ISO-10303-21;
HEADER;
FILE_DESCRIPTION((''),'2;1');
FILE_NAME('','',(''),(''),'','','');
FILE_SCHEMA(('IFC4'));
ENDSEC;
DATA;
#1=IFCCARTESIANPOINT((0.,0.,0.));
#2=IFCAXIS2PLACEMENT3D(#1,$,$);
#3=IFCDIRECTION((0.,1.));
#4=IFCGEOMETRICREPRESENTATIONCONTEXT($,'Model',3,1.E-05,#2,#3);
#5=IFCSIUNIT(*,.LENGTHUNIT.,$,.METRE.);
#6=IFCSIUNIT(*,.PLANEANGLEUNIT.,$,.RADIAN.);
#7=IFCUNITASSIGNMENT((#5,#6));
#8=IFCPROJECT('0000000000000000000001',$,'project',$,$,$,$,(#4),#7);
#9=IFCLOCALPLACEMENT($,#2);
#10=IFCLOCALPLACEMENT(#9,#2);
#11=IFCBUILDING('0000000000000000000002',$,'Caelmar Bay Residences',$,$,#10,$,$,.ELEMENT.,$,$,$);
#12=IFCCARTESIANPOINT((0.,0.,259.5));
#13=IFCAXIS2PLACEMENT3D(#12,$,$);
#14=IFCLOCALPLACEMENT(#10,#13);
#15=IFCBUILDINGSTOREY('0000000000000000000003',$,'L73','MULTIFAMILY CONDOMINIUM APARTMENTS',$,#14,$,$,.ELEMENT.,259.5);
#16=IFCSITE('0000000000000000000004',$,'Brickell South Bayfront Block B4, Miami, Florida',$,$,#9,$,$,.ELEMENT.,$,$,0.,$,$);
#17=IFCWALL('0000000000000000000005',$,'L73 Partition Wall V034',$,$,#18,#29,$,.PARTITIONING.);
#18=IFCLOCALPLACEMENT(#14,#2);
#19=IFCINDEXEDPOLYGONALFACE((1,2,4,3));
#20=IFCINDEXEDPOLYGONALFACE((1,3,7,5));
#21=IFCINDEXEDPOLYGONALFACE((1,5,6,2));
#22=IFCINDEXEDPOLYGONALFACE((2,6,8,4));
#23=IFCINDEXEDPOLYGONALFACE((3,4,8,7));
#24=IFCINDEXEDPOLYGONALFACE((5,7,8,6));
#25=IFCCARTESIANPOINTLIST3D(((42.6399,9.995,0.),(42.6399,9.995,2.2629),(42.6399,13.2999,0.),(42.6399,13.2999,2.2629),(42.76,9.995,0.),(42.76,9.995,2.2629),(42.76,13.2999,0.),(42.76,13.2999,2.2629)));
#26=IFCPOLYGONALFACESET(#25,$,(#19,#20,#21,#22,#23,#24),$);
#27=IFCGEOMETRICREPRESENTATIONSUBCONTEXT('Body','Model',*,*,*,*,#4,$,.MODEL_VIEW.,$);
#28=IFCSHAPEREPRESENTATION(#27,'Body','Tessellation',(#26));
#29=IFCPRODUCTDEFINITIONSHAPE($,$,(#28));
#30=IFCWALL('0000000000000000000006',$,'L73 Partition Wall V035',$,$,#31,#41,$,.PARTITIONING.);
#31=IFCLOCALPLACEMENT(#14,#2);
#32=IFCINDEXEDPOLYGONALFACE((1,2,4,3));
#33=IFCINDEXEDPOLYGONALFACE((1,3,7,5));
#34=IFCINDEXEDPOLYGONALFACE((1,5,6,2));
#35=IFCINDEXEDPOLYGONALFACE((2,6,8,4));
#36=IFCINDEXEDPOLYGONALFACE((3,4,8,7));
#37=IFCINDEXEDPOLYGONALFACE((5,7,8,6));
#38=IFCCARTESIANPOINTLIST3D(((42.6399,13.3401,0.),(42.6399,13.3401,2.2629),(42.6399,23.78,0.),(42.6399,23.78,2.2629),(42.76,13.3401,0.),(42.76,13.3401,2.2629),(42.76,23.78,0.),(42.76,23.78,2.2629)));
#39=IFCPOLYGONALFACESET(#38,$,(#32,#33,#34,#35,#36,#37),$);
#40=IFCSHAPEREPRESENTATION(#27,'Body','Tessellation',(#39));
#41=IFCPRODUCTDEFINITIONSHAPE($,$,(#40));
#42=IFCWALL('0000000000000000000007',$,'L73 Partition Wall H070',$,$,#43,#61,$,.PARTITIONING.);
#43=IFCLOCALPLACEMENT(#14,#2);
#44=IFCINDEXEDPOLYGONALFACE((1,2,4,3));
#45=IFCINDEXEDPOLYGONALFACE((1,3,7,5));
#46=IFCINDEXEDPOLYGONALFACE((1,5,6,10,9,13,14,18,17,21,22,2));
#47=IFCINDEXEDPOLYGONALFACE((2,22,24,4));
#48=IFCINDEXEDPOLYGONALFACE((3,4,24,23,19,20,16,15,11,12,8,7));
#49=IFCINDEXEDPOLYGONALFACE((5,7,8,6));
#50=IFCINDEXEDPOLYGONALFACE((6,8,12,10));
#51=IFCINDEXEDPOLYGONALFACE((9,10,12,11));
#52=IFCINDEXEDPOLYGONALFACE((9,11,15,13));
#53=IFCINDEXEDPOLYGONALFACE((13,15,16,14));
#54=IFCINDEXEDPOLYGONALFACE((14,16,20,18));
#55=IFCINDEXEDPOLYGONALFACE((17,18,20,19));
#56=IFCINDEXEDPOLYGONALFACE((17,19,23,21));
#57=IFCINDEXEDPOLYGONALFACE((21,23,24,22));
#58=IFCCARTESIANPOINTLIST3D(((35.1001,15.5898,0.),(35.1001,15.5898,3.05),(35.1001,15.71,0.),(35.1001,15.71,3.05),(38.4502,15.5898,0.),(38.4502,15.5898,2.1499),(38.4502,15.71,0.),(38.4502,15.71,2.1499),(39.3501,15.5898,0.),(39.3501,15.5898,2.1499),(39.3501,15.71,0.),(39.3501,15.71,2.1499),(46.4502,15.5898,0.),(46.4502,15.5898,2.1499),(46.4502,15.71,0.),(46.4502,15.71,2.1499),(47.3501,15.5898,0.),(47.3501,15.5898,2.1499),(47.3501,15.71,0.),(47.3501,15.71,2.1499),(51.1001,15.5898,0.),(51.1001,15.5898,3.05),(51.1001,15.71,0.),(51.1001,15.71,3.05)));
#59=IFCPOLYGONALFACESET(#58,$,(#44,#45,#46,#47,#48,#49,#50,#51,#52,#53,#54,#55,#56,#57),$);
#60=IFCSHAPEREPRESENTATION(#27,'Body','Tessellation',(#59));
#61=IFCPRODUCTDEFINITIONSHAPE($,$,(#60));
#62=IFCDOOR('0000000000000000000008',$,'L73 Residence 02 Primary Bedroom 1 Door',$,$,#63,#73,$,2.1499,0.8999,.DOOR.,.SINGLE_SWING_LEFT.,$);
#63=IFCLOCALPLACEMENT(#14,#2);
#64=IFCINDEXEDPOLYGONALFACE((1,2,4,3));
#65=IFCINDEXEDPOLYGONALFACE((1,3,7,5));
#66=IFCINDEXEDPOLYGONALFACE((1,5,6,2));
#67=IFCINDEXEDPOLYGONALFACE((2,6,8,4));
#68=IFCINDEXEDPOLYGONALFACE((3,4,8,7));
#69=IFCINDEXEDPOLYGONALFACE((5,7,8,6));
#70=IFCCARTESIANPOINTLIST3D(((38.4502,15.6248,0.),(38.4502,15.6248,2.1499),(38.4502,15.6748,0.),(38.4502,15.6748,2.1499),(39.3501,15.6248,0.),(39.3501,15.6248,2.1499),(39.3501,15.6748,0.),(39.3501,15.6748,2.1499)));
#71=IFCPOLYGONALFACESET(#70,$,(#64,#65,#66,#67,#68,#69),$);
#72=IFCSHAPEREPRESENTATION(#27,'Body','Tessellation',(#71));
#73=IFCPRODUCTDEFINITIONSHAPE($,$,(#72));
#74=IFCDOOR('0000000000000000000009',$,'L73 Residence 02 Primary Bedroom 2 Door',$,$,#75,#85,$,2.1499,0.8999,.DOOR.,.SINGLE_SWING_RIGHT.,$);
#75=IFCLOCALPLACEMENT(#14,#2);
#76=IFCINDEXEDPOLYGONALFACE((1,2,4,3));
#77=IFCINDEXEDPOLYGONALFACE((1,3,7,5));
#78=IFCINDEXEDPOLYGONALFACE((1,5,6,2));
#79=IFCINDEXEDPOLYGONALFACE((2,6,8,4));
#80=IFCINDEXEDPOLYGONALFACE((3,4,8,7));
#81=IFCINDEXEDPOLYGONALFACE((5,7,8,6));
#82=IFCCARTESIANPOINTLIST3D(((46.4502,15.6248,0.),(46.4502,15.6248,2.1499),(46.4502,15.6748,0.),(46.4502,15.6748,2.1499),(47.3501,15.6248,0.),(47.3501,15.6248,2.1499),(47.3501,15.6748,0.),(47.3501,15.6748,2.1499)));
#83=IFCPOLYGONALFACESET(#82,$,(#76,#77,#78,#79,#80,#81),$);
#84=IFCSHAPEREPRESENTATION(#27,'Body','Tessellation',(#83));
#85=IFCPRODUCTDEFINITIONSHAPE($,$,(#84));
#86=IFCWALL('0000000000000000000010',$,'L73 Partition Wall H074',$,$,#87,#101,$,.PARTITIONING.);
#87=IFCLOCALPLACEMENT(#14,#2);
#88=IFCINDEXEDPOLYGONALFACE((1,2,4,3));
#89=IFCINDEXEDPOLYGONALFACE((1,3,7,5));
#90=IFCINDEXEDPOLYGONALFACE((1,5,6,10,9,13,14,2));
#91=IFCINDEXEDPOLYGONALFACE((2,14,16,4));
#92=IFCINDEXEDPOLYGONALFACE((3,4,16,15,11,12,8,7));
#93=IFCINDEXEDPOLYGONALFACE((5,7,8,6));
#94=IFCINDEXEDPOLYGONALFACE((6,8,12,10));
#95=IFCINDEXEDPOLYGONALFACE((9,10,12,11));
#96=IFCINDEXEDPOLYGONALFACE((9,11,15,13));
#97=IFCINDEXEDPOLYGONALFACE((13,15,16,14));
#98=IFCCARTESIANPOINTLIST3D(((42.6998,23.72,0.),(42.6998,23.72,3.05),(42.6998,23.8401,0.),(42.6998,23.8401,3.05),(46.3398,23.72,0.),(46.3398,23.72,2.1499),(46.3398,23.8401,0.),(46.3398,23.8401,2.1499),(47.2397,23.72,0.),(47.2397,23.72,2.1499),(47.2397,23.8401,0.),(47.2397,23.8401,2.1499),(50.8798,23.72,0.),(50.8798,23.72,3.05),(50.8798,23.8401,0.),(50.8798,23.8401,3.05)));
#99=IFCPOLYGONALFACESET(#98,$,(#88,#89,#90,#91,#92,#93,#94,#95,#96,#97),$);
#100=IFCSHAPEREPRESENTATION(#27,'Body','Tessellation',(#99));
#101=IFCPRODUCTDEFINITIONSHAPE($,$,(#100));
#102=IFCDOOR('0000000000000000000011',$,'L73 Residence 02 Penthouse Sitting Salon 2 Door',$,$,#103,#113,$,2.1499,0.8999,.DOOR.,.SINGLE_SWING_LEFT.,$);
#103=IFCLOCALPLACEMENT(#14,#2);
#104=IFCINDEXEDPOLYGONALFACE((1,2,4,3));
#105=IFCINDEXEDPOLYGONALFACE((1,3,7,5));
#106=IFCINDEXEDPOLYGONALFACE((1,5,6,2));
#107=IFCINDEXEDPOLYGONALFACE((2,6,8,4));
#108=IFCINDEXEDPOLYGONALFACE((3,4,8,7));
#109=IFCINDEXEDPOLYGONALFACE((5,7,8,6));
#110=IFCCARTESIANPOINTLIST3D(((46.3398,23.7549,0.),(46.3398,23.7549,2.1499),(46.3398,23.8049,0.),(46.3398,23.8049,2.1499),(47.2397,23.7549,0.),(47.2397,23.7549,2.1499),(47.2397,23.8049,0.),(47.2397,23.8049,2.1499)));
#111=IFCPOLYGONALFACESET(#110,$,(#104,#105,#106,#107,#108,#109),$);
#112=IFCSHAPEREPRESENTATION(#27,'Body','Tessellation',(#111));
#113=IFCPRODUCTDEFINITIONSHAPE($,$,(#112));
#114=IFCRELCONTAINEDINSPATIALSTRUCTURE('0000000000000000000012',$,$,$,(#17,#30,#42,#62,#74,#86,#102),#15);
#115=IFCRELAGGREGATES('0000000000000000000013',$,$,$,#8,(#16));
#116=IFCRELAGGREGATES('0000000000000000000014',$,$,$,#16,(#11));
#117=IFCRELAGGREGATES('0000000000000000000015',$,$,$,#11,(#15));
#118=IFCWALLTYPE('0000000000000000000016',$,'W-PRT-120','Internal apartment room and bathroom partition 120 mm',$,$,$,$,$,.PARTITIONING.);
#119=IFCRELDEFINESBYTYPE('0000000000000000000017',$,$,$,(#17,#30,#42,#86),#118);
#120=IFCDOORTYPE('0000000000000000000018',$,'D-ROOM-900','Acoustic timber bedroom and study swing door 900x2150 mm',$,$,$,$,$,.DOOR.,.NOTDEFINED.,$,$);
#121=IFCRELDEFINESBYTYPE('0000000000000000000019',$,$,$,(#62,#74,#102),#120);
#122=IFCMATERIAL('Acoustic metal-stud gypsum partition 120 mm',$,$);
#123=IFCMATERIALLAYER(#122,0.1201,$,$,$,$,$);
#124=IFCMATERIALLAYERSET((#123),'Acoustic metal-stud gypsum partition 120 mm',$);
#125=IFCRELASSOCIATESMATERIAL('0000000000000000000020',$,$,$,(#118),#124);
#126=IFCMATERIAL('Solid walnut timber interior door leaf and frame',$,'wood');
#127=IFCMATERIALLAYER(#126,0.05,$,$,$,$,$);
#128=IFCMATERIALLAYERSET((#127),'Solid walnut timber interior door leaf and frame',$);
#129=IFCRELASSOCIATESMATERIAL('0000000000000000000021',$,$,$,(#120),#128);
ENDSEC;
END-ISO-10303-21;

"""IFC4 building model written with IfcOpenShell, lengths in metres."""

from ifc_helpers import new_model, si_unit, direction, frame, frame_2d, origin, place, context, subcontext, project, spatial, rectangle, extrude, material, layer, layer_set, type_object, element, fill, save


model = new_model("IFC4")

# Units and contexts
model_context = context("Model", 3, precision=1e-05, world=origin(), true_north=direction((0.0, 1.0)))
body_context = subcontext(model_context, "Body", "Model", "MODEL_VIEW")
ifc_project = project(units=[si_unit("LENGTHUNIT", "METRE"), si_unit("PLANEANGLEUNIT", "RADIAN")], contexts=[model_context])

# Site, building, storey
site_placement = place(None, origin())
site = spatial("IfcSite", under=ifc_project, at=site_placement, Name="Brickell South Bayfront Block B4, Miami, Florida", CompositionType="ELEMENT", RefElevation=0.0)
building_placement = place(site_placement, origin())
building = spatial("IfcBuilding", under=site, at=building_placement, Name="Caelmar Bay Residences", CompositionType="ELEMENT")
storey_placement = place(building_placement, frame((0.0, 0.0, 259.5)))
storey = spatial("IfcBuildingStorey", under=building, at=storey_placement, Name="L73", Description="MULTIFAMILY CONDOMINIUM APARTMENTS", CompositionType="ELEMENT", Elevation=259.5)

# Walls
ifc_material_1 = material(Name="Acoustic metal-stud gypsum partition 120 mm")
ifc_layer_1 = layer(ifc_material_1, 0.1201)
ifc_layer_set_1 = layer_set([ifc_layer_1], Name="Acoustic metal-stud gypsum partition 120 mm")
wall_type = type_object("IfcWallType", Name="W-PRT-120", Description="Internal apartment room and bathroom partition 120 mm", PredefinedType="PARTITIONING", material=ifc_layer_set_1)
wall_1_placement = place(storey_placement, frame((42.7, 9.9951, 0.0), z_axis=(0.0, 0.0, 1.0), x_axis=(0.0, 1.0, 0.0)))
element("IfcWall", 1, at=wall_1_placement, inside=storey, type_object=wall_type, Name="L73 Partition Wall V034", PredefinedType="PARTITIONING", context=body_context, shape_type="SweptSolid", body=[
    extrude(rectangle(XDim=3.3049, YDim=0.1201, at=frame_2d((1.6523, 0.0))), origin(), (0.0, 0.0, 1.0), 2.2629),
])
wall_2_placement = place(storey_placement, frame((42.7, 13.3401, 0.0), z_axis=(0.0, 0.0, 1.0), x_axis=(0.0, 1.0, 0.0)))
element("IfcWall", 2, at=wall_2_placement, inside=storey, type_object=wall_type, Name="L73 Partition Wall V035", PredefinedType="PARTITIONING", context=body_context, shape_type="SweptSolid", body=[
    extrude(rectangle(XDim=10.4399, YDim=0.1201, at=frame_2d((5.22, 0.0))), origin(), (0.0, 0.0, 1.0), 2.2629),
])

# Wall, openings, doors
wall_3_placement = place(storey_placement, frame((35.1001, 15.6499, 0.0), z_axis=(0.0, 0.0, 1.0), x_axis=(1.0, 0.0, 0.0)))
wall_3 = element("IfcWall", 3, at=wall_3_placement, inside=storey, type_object=wall_type, Name="L73 Partition Wall H070", PredefinedType="PARTITIONING", context=body_context, shape_type="SweptSolid", body=[
    extrude(rectangle(XDim=16.0, YDim=0.1201, at=frame_2d((8.0, 0.0))), origin(), (0.0, 0.0, 1.0), 3.05),
])
opening_1_placement = place(wall_3_placement, frame((3.3501, 0.0, 0.0)))
opening_1 = element("IfcOpeningElement", 4, at=opening_1_placement, cuts=wall_3, PredefinedType="OPENING", context=body_context, shape_type="SweptSolid", body=[
    extrude(rectangle(XDim=0.8999, YDim=2.1499, at=frame_2d((0.45, 1.075))), frame((0.0, 0.0701, 0.0), z_axis=(0.0, -1.0, 0.0), x_axis=(1.0, 0.0, 0.0)), (0.0, 0.0, 1.0), 0.1401),
])
opening_2_placement = place(wall_3_placement, frame((11.3501, 0.0, 0.0)))
opening_2 = element("IfcOpeningElement", 5, at=opening_2_placement, cuts=wall_3, PredefinedType="OPENING", context=body_context, shape_type="SweptSolid", body=[
    extrude(rectangle(XDim=0.8999, YDim=2.1499, at=frame_2d((0.45, 1.075))), frame((0.0, 0.0701, 0.0), z_axis=(0.0, -1.0, 0.0), x_axis=(1.0, 0.0, 0.0)), (0.0, 0.0, 1.0), 0.1401),
])
ifc_material_2 = material(Name="Solid walnut timber interior door leaf and frame", Category="wood")
ifc_layer_2 = layer(ifc_material_2, 0.05)
ifc_layer_set_2 = layer_set([ifc_layer_2], Name="Solid walnut timber interior door leaf and frame")
door_type = type_object("IfcDoorType", Name="D-ROOM-900", Description="Acoustic timber bedroom and study swing door 900x2150 mm", OperationType="NOTDEFINED", PredefinedType="DOOR", material=ifc_layer_set_2)
door_1_placement = place(opening_1_placement, origin())
door_1 = element("IfcDoor", 6, at=door_1_placement, inside=storey, type_object=door_type, Name="L73 Residence 02 Primary Bedroom 1 Door", OperationType="SINGLE_SWING_LEFT", OverallHeight=2.1499, OverallWidth=0.8999, PredefinedType="DOOR", context=body_context, shape_type="SweptSolid", body=[
    extrude(rectangle(XDim=0.8999, YDim=2.1499, at=frame_2d((0.45, 1.075))), frame((0.0, 0.0249, 0.0), z_axis=(0.0, -1.0, 0.0), x_axis=(1.0, 0.0, 0.0)), (0.0, 0.0, 1.0), 0.05),
])
fill(opening_1, door_1)
door_2_placement = place(opening_2_placement, origin())
door_2 = element("IfcDoor", 7, at=door_2_placement, inside=storey, type_object=door_type, Name="L73 Residence 02 Primary Bedroom 2 Door", OperationType="SINGLE_SWING_RIGHT", OverallHeight=2.1499, OverallWidth=0.8999, PredefinedType="DOOR", context=body_context, shape_type="SweptSolid", body=[
    extrude(rectangle(XDim=0.8999, YDim=2.1499, at=frame_2d((0.45, 1.075))), frame((0.0, 0.0249, 0.0), z_axis=(0.0, -1.0, 0.0), x_axis=(1.0, 0.0, 0.0)), (0.0, 0.0, 1.0), 0.05),
])
fill(opening_2, door_2)

# Wall, opening, door
wall_4_placement = place(storey_placement, frame((42.7, 23.78, 0.0), z_axis=(0.0, 0.0, 1.0), x_axis=(1.0, 0.0, 0.0)))
wall_4 = element("IfcWall", 8, at=wall_4_placement, inside=storey, type_object=wall_type, Name="L73 Partition Wall H074", PredefinedType="PARTITIONING", context=body_context, shape_type="SweptSolid", body=[
    extrude(rectangle(XDim=8.1799, YDim=0.1201, at=frame_2d((4.0898, 0.0))), origin(), (0.0, 0.0, 1.0), 3.05),
])
opening_3_placement = place(wall_4_placement, frame((3.6399, 0.0, 0.0)))
opening_3 = element("IfcOpeningElement", 9, at=opening_3_placement, cuts=wall_4, PredefinedType="OPENING", context=body_context, shape_type="SweptSolid", body=[
    extrude(rectangle(XDim=0.8999, YDim=2.1499, at=frame_2d((0.45, 1.075))), frame((0.0, 0.0701, 0.0), z_axis=(0.0, -1.0, 0.0), x_axis=(1.0, 0.0, 0.0)), (0.0, 0.0, 1.0), 0.1401),
])
door_3_placement = place(opening_3_placement, origin())
door_3 = element("IfcDoor", 10, at=door_3_placement, inside=storey, type_object=door_type, Name="L73 Residence 02 Penthouse Sitting Salon 2 Door", OperationType="SINGLE_SWING_LEFT", OverallHeight=2.1499, OverallWidth=0.8999, PredefinedType="DOOR", context=body_context, shape_type="SweptSolid", body=[
    extrude(rectangle(XDim=0.8999, YDim=2.1499, at=frame_2d((0.45, 1.075))), frame((0.0, 0.0249, 0.0), z_axis=(0.0, -1.0, 0.0), x_axis=(1.0, 0.0, 0.0)), (0.0, 0.0, 1.0), 0.05),
])
fill(opening_3, door_3)

save(model, "model.ifc")
